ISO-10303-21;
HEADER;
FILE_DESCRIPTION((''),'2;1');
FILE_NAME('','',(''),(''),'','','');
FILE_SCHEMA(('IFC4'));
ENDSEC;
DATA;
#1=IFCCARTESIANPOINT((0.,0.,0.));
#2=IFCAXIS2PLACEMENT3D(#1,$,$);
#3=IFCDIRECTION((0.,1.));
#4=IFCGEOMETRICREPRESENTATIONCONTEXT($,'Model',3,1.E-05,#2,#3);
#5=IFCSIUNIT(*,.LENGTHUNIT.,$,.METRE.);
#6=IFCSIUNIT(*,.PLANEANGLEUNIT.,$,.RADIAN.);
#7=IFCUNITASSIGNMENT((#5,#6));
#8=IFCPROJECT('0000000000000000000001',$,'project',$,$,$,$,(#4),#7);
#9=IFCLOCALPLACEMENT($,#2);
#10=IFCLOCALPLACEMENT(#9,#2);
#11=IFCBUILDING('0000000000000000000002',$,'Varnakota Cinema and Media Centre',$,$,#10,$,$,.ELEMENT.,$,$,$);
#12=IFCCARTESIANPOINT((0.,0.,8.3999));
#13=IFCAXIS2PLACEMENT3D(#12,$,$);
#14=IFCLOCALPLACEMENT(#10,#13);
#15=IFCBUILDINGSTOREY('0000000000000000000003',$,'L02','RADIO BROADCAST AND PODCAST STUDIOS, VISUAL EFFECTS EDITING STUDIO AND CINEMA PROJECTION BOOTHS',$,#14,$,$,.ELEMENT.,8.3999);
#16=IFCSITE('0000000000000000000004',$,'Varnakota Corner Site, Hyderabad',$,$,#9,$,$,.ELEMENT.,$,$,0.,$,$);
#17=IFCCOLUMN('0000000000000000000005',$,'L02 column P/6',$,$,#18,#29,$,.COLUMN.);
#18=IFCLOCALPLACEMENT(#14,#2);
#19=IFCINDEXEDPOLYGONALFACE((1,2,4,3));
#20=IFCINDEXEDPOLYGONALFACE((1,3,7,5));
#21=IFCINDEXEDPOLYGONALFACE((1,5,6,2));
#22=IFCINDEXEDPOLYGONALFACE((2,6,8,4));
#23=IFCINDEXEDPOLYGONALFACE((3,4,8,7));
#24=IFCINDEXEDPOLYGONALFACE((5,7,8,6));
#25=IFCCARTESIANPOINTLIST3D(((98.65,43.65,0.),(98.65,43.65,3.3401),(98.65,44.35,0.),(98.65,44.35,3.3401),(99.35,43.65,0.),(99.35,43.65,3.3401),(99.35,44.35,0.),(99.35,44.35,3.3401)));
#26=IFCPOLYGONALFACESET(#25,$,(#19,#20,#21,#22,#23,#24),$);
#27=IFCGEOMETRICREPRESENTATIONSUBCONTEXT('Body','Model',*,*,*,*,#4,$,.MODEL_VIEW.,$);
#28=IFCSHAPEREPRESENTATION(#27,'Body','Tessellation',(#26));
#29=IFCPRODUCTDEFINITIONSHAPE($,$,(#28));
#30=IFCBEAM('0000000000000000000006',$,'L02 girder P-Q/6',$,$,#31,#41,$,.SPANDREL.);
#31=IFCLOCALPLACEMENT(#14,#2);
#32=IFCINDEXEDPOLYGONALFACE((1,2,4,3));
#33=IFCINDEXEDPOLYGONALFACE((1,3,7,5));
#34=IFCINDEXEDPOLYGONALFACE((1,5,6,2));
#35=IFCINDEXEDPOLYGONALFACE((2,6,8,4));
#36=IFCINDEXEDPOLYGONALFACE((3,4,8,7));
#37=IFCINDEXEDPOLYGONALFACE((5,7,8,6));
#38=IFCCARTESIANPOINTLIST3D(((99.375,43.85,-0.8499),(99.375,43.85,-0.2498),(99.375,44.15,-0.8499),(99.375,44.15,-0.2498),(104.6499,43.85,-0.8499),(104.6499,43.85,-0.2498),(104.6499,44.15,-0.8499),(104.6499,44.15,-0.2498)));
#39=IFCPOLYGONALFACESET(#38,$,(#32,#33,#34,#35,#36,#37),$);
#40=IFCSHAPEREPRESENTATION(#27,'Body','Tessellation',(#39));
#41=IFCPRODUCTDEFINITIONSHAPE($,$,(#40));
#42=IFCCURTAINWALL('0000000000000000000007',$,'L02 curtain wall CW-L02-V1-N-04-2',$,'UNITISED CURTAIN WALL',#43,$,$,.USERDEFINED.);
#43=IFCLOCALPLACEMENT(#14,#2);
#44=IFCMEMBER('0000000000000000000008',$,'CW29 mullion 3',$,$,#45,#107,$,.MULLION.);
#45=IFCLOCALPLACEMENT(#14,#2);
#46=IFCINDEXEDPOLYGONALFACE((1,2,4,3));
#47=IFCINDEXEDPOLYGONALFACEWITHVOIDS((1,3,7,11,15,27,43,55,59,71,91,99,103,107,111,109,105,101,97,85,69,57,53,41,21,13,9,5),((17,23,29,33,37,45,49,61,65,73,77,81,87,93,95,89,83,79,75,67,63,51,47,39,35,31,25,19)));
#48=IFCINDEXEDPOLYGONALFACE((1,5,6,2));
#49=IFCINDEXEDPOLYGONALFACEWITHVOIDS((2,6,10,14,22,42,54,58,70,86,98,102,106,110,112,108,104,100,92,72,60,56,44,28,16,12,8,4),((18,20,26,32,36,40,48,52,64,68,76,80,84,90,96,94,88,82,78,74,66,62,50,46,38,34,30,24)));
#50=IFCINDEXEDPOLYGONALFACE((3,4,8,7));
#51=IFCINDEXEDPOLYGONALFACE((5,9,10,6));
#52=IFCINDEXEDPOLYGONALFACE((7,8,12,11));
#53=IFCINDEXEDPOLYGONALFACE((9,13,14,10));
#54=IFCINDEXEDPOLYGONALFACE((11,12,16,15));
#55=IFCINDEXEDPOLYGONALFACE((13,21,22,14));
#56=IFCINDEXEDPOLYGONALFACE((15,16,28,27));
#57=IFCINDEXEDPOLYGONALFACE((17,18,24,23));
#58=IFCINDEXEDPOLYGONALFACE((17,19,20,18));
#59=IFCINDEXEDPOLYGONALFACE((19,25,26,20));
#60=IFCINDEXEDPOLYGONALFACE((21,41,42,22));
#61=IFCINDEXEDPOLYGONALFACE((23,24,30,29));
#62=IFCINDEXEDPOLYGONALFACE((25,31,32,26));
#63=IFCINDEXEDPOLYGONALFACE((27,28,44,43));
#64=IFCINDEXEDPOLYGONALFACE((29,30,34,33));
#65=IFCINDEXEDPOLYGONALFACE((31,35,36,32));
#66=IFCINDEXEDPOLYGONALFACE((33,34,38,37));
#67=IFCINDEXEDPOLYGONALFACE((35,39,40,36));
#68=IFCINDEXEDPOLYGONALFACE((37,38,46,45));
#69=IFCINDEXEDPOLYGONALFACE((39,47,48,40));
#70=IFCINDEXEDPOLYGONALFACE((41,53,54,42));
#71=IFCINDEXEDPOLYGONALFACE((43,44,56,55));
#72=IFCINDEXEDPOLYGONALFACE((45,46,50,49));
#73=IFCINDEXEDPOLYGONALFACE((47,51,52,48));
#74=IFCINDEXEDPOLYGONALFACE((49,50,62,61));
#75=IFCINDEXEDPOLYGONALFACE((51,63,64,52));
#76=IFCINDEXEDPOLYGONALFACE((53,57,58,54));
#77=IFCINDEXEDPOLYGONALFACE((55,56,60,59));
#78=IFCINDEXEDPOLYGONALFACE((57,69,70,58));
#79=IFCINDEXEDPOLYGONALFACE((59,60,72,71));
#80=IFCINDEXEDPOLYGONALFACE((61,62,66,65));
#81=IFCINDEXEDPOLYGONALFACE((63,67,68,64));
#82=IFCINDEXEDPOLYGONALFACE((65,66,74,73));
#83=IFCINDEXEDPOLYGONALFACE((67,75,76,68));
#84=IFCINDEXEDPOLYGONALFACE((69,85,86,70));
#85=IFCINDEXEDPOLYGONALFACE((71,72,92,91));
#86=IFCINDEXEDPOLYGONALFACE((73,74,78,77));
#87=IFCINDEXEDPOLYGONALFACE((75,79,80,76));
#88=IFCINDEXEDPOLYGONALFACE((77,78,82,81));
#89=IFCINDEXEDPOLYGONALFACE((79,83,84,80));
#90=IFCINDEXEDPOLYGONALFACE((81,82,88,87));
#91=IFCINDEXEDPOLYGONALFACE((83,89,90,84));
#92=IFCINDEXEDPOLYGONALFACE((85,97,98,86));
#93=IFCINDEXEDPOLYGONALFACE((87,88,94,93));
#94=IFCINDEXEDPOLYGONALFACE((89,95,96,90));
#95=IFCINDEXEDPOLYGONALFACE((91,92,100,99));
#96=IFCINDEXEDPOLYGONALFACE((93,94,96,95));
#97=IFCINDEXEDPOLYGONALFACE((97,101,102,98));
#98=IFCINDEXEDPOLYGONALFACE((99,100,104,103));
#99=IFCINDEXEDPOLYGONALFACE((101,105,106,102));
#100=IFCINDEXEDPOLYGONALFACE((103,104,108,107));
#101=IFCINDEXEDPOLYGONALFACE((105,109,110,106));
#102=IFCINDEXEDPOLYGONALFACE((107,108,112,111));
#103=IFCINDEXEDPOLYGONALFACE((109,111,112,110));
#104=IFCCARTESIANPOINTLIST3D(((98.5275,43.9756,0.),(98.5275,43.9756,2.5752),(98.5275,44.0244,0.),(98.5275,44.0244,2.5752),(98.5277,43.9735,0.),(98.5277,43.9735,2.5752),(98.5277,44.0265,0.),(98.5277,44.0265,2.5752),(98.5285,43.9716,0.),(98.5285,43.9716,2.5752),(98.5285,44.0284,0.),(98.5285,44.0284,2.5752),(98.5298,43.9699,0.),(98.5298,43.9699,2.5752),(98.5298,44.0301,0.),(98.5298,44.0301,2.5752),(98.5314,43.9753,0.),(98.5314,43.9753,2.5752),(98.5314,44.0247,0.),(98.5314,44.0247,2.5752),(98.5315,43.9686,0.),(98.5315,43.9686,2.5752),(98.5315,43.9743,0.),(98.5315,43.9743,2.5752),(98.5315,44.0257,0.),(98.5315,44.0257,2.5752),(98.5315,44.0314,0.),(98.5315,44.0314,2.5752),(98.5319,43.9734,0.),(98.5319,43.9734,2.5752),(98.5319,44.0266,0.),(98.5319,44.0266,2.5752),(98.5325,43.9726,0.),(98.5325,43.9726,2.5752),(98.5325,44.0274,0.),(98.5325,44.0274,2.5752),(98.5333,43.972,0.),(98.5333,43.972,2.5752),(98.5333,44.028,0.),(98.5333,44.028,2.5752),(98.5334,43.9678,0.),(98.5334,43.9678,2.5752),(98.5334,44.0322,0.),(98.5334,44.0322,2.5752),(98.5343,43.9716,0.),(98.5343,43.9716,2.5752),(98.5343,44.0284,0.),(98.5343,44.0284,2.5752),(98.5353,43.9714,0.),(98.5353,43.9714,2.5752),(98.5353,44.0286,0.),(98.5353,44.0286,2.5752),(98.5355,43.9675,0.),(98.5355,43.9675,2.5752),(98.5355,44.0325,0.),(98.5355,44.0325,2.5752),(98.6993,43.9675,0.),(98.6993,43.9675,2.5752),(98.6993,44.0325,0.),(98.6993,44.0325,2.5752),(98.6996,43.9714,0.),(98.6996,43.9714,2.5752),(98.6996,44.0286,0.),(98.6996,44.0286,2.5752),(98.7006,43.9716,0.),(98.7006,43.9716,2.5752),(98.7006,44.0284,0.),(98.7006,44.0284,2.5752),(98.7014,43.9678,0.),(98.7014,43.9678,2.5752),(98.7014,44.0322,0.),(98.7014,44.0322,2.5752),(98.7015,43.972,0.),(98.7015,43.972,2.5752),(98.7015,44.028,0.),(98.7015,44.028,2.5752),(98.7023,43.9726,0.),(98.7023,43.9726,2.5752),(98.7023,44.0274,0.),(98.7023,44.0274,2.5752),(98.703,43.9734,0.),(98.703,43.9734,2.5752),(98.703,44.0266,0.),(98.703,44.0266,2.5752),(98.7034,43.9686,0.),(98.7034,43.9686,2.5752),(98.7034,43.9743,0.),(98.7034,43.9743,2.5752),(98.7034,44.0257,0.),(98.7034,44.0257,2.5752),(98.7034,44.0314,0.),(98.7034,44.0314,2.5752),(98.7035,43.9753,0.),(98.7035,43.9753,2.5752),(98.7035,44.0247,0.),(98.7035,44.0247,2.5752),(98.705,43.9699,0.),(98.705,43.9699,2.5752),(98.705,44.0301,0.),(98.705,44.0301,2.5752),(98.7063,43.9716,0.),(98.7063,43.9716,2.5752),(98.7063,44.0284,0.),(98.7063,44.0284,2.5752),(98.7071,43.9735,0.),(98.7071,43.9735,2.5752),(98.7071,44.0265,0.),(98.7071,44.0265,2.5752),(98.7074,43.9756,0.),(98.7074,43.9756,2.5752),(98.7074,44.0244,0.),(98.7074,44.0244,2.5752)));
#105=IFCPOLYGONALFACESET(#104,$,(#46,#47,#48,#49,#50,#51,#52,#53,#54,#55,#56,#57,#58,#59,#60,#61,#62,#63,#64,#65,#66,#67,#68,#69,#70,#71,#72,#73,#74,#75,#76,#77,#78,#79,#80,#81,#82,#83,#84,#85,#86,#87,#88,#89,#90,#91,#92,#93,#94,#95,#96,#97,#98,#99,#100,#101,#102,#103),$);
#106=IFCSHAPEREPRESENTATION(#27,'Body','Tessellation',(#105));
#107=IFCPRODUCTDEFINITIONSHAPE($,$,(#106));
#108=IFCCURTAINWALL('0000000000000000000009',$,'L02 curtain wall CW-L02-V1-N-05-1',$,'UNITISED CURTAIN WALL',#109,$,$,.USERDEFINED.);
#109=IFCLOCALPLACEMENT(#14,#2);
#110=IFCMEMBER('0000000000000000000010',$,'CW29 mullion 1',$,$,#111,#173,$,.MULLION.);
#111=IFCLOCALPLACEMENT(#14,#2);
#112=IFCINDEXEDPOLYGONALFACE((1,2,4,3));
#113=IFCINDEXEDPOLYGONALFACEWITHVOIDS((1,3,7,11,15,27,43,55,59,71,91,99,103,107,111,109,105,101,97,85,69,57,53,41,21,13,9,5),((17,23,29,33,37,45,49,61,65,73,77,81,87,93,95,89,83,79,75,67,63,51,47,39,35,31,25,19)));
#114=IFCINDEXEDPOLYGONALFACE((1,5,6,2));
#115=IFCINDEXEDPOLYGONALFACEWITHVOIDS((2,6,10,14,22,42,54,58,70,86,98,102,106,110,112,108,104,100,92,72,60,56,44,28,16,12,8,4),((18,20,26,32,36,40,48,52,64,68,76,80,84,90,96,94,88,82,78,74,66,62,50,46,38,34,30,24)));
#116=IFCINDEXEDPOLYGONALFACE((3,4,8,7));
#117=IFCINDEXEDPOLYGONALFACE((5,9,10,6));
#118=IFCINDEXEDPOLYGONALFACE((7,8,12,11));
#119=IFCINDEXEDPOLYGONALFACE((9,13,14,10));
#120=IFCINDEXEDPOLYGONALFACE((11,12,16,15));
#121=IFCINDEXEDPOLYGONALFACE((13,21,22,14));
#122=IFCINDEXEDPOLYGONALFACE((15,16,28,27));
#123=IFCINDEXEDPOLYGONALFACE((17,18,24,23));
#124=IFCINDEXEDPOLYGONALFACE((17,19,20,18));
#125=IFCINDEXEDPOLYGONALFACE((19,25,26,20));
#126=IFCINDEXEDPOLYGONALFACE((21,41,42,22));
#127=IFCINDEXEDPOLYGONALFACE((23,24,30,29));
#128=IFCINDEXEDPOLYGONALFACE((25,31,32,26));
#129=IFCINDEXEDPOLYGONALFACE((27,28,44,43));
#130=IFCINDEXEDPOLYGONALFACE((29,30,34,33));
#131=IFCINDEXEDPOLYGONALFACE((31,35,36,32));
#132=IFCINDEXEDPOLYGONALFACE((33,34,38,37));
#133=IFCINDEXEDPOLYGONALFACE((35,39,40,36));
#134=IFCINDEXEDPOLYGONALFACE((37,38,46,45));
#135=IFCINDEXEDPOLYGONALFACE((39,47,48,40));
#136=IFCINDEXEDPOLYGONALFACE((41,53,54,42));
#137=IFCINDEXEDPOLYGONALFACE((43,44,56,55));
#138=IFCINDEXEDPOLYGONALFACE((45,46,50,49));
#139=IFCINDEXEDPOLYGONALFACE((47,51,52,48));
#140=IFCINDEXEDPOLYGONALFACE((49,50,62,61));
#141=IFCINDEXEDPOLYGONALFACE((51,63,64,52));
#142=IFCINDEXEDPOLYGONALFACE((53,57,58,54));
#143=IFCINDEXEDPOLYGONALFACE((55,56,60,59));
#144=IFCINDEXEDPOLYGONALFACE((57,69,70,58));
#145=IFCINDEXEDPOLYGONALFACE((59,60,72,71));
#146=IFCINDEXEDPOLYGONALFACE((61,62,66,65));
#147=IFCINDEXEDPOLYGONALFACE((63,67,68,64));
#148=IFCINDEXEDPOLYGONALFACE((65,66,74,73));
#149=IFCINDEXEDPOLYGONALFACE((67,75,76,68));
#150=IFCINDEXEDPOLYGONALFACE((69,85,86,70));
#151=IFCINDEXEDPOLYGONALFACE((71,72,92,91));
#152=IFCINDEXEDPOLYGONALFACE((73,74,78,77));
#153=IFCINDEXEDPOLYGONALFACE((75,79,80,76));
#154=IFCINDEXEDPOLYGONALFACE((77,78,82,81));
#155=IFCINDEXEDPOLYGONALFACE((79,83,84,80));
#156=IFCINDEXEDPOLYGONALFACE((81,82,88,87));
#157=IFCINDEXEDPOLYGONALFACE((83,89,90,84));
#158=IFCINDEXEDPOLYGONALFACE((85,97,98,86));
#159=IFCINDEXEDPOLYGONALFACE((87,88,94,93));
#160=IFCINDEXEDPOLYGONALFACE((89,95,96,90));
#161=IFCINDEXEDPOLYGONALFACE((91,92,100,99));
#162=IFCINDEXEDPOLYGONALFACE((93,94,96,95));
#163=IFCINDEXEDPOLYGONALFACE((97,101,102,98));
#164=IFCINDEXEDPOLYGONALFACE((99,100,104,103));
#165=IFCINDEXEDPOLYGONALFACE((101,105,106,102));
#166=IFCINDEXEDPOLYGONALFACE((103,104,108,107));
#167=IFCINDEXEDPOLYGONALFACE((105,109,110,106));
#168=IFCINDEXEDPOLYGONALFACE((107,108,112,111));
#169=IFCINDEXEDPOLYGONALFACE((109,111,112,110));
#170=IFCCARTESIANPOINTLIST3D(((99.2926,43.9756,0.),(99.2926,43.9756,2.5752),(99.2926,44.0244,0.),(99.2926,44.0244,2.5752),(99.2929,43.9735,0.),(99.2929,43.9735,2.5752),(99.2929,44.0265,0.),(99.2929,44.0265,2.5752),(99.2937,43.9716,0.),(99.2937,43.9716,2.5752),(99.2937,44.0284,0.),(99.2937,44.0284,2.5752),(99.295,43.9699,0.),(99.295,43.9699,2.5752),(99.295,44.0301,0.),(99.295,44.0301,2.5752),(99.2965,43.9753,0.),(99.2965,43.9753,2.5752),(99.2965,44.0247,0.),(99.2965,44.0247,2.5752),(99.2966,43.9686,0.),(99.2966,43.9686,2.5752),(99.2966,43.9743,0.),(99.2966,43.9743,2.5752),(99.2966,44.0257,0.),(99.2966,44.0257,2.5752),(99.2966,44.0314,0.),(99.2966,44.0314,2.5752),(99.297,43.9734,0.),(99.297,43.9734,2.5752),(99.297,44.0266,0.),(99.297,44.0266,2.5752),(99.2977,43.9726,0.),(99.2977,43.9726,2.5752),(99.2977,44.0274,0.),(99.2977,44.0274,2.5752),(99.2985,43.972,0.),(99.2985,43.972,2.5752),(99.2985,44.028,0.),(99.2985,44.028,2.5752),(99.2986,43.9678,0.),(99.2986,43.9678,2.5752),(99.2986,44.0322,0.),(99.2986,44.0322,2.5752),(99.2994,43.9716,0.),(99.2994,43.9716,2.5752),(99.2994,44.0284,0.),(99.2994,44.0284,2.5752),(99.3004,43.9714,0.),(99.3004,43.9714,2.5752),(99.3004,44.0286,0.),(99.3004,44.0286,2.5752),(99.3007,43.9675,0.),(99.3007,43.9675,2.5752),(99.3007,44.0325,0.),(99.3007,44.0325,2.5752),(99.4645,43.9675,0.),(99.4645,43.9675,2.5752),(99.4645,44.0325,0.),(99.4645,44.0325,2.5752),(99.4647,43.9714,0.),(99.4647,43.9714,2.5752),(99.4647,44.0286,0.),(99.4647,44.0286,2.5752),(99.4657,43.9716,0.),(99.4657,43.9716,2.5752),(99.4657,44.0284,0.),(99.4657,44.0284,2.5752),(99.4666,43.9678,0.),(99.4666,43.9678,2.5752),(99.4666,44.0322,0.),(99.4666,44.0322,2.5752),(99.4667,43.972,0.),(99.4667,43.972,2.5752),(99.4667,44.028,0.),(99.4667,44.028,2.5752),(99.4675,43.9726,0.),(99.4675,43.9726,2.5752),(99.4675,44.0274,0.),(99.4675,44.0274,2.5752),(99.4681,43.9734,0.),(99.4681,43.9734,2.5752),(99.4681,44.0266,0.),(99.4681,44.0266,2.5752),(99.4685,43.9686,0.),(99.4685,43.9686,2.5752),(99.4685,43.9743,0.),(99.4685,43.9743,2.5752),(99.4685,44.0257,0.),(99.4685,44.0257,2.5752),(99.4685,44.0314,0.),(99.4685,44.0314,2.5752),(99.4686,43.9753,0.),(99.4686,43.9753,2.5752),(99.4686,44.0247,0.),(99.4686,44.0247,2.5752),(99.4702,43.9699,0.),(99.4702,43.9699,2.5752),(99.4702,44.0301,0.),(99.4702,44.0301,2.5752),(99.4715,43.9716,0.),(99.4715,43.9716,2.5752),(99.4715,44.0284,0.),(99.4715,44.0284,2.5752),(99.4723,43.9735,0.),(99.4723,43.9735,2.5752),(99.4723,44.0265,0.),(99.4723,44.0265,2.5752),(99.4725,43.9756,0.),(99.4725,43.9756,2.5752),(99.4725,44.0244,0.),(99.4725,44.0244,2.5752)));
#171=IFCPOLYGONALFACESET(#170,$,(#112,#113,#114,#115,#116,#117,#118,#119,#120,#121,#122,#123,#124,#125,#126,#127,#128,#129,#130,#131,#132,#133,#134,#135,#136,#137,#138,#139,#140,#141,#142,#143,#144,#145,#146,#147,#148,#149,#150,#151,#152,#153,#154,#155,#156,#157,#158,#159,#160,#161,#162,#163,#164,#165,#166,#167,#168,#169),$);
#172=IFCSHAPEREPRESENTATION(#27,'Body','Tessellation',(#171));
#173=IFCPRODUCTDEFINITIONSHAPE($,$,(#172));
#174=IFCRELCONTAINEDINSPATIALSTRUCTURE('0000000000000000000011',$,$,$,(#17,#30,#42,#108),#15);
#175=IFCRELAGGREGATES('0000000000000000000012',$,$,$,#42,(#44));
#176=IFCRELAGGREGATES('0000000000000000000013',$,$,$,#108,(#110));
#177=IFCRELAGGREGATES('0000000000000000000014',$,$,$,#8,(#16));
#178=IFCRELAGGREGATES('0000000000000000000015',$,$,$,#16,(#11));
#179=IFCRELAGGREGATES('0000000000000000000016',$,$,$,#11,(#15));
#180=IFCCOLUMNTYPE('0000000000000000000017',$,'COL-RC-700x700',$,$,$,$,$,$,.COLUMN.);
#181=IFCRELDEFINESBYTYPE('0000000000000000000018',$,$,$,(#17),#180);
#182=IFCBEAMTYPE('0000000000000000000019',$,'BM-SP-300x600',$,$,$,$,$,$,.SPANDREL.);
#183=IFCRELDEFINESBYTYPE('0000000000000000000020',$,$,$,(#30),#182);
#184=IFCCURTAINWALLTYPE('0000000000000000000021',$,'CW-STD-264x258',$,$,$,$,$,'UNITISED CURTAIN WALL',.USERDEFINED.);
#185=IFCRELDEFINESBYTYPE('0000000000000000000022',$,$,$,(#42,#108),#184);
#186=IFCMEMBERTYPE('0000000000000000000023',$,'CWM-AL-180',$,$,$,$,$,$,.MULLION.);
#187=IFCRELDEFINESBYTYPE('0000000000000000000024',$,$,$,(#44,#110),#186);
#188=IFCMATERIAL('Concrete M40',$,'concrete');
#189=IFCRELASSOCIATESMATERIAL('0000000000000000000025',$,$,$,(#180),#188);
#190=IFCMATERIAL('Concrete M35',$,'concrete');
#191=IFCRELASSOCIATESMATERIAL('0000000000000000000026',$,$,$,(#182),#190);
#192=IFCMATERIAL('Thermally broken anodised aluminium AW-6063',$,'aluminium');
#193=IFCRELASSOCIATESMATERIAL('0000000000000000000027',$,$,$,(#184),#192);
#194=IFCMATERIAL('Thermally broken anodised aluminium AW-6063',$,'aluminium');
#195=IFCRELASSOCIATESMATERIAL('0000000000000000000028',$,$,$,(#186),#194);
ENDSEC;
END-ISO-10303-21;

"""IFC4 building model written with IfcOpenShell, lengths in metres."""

from ifc_helpers import new_model, si_unit, direction, frame, origin, origin_2d, place, context, subcontext, project, spatial, rectangle, hollow_rectangle, extrude, material, material_profile, profile_set, type_object, element, aggregate, save


model = new_model("IFC4")

# Units and contexts
model_context = context("Model", 3, precision=1e-05, world=origin(), true_north=direction((0.0, 1.0)))
body_context = subcontext(model_context, "Body", "Model", "MODEL_VIEW")
ifc_project = project(units=[si_unit("LENGTHUNIT", "METRE"), si_unit("PLANEANGLEUNIT", "RADIAN")], contexts=[model_context])

# Site, building, storey
site_placement = place(None, origin())
site = spatial("IfcSite", under=ifc_project, at=site_placement, Name="Varnakota Corner Site, Hyderabad", CompositionType="ELEMENT", RefElevation=0.0)
building_placement = place(site_placement, origin())
building = spatial("IfcBuilding", under=site, at=building_placement, Name="Varnakota Cinema and Media Centre", CompositionType="ELEMENT")
storey_placement = place(building_placement, frame((0.0, 0.0, 8.3999)))
storey = spatial("IfcBuildingStorey", under=building, at=storey_placement, Name="L02", Description="RADIO BROADCAST AND PODCAST STUDIOS, VISUAL EFFECTS EDITING STUDIO AND CINEMA PROJECTION BOOTHS", CompositionType="ELEMENT", Elevation=8.3999)

# Column
ifc_material_1 = material(Name="Concrete M40", Category="concrete")
ifc_material_profile_1 = material_profile(ifc_material_1, rectangle(XDim=0.7, YDim=0.7, at=origin_2d()), Name="RC 700x700")
ifc_profile_set_1 = profile_set([ifc_material_profile_1], Name="Concrete M40")
column_type = type_object("IfcColumnType", Name="COL-RC-700x700", PredefinedType="COLUMN", material=ifc_profile_set_1)
column_placement = place(storey_placement, frame((99.0, 44.0, 0.0), z_axis=(0.0, 0.0, 1.0), x_axis=(1.0, 0.0, 0.0)))
element("IfcColumn", 1, at=column_placement, inside=storey, type_object=column_type, Name="L02 column P/6", PredefinedType="COLUMN", context=body_context, shape_type="SweptSolid", body=[
    extrude(rectangle(XDim=0.7, YDim=0.7, at=origin_2d()), origin(), (0.0, 0.0, 1.0), 3.3401),
])

# Beam
ifc_material_2 = material(Name="Concrete M35", Category="concrete")
ifc_material_profile_2 = material_profile(ifc_material_2, rectangle(XDim=0.3, YDim=0.6001, at=origin_2d()), Name="RCB 300x600")
ifc_profile_set_2 = profile_set([ifc_material_profile_2], Name="Concrete M35")
beam_type = type_object("IfcBeamType", Name="BM-SP-300x600", PredefinedType="SPANDREL", material=ifc_profile_set_2)
beam_placement = place(storey_placement, frame((99.375, 44.0, -0.5498), z_axis=(1.0, 0.0, 0.0), x_axis=(0.0, 1.0, 0.0)))
element("IfcBeam", 2, at=beam_placement, inside=storey, type_object=beam_type, Name="L02 girder P-Q/6", PredefinedType="SPANDREL", context=body_context, shape_type="SweptSolid", body=[
    extrude(rectangle(XDim=0.3, YDim=0.6001, at=origin_2d()), origin(), (0.0, 0.0, 1.0), 5.2749),
])

# Curtain wall, member
ifc_material_3 = material(Name="Thermally broken anodised aluminium AW-6063", Category="aluminium")
curtain_wall_type = type_object("IfcCurtainWallType", Name="CW-STD-264x258", ElementType="UNITISED CURTAIN WALL", PredefinedType="USERDEFINED", material=ifc_material_3)
curtain_wall_1_placement = place(storey_placement, origin())
curtain_wall_1 = element("IfcCurtainWall", 3, at=curtain_wall_1_placement, inside=storey, type_object=curtain_wall_type, Name="L02 curtain wall CW-L02-V1-N-04-2", ObjectType="UNITISED CURTAIN WALL", PredefinedType="USERDEFINED")
ifc_material_4 = material(Name="Thermally broken anodised aluminium AW-6063", Category="aluminium")
ifc_material_profile_3 = material_profile(ifc_material_4, hollow_rectangle(XDim=0.0649, YDim=0.1799, WallThickness=0.0039, InnerFilletRadius=0.0039, OuterFilletRadius=0.0081, at=origin_2d()), Name="AL-MULLION 180x65x4")
ifc_profile_set_3 = profile_set([ifc_material_profile_3], Name="Thermally broken anodised aluminium AW-6063")
member_type_1 = type_object("IfcMemberType", Name="CWM-AL-180", PredefinedType="MULLION", material=ifc_profile_set_3)
member_1_placement = place(storey_placement, frame((98.6174, 44.0, 0.0), z_axis=(0.0, 0.0, 1.0), x_axis=(0.0, 1.0, 0.0)))
member_1 = element("IfcMember", 4, at=member_1_placement, type_object=member_type_1, Name="CW29 mullion 3", PredefinedType="MULLION", context=body_context, shape_type="SweptSolid", body=[
    extrude(hollow_rectangle(XDim=0.0649, YDim=0.1799, WallThickness=0.0039, InnerFilletRadius=0.0039, OuterFilletRadius=0.0081, at=origin_2d()), origin(), (0.0, 0.0, 1.0), 2.5752),
])

# Curtain wall, member
curtain_wall_2_placement = place(storey_placement, origin())
curtain_wall_2 = element("IfcCurtainWall", 5, at=curtain_wall_2_placement, inside=storey, type_object=curtain_wall_type, Name="L02 curtain wall CW-L02-V1-N-05-1", ObjectType="UNITISED CURTAIN WALL", PredefinedType="USERDEFINED")
member_2_placement = place(storey_placement, frame((99.3826, 44.0, 0.0), z_axis=(0.0, 0.0, 1.0), x_axis=(0.0, 1.0, 0.0)))
member_2 = element("IfcMember", 6, at=member_2_placement, type_object=member_type_1, Name="CW29 mullion 1", PredefinedType="MULLION", context=body_context, shape_type="SweptSolid", body=[
    extrude(hollow_rectangle(XDim=0.0649, YDim=0.1799, WallThickness=0.0039, InnerFilletRadius=0.0039, OuterFilletRadius=0.0081, at=origin_2d()), origin(), (0.0, 0.0, 1.0), 2.5752),
])

aggregate(curtain_wall_1, [member_1])
aggregate(curtain_wall_2, [member_2])

save(model, "model.ifc")
